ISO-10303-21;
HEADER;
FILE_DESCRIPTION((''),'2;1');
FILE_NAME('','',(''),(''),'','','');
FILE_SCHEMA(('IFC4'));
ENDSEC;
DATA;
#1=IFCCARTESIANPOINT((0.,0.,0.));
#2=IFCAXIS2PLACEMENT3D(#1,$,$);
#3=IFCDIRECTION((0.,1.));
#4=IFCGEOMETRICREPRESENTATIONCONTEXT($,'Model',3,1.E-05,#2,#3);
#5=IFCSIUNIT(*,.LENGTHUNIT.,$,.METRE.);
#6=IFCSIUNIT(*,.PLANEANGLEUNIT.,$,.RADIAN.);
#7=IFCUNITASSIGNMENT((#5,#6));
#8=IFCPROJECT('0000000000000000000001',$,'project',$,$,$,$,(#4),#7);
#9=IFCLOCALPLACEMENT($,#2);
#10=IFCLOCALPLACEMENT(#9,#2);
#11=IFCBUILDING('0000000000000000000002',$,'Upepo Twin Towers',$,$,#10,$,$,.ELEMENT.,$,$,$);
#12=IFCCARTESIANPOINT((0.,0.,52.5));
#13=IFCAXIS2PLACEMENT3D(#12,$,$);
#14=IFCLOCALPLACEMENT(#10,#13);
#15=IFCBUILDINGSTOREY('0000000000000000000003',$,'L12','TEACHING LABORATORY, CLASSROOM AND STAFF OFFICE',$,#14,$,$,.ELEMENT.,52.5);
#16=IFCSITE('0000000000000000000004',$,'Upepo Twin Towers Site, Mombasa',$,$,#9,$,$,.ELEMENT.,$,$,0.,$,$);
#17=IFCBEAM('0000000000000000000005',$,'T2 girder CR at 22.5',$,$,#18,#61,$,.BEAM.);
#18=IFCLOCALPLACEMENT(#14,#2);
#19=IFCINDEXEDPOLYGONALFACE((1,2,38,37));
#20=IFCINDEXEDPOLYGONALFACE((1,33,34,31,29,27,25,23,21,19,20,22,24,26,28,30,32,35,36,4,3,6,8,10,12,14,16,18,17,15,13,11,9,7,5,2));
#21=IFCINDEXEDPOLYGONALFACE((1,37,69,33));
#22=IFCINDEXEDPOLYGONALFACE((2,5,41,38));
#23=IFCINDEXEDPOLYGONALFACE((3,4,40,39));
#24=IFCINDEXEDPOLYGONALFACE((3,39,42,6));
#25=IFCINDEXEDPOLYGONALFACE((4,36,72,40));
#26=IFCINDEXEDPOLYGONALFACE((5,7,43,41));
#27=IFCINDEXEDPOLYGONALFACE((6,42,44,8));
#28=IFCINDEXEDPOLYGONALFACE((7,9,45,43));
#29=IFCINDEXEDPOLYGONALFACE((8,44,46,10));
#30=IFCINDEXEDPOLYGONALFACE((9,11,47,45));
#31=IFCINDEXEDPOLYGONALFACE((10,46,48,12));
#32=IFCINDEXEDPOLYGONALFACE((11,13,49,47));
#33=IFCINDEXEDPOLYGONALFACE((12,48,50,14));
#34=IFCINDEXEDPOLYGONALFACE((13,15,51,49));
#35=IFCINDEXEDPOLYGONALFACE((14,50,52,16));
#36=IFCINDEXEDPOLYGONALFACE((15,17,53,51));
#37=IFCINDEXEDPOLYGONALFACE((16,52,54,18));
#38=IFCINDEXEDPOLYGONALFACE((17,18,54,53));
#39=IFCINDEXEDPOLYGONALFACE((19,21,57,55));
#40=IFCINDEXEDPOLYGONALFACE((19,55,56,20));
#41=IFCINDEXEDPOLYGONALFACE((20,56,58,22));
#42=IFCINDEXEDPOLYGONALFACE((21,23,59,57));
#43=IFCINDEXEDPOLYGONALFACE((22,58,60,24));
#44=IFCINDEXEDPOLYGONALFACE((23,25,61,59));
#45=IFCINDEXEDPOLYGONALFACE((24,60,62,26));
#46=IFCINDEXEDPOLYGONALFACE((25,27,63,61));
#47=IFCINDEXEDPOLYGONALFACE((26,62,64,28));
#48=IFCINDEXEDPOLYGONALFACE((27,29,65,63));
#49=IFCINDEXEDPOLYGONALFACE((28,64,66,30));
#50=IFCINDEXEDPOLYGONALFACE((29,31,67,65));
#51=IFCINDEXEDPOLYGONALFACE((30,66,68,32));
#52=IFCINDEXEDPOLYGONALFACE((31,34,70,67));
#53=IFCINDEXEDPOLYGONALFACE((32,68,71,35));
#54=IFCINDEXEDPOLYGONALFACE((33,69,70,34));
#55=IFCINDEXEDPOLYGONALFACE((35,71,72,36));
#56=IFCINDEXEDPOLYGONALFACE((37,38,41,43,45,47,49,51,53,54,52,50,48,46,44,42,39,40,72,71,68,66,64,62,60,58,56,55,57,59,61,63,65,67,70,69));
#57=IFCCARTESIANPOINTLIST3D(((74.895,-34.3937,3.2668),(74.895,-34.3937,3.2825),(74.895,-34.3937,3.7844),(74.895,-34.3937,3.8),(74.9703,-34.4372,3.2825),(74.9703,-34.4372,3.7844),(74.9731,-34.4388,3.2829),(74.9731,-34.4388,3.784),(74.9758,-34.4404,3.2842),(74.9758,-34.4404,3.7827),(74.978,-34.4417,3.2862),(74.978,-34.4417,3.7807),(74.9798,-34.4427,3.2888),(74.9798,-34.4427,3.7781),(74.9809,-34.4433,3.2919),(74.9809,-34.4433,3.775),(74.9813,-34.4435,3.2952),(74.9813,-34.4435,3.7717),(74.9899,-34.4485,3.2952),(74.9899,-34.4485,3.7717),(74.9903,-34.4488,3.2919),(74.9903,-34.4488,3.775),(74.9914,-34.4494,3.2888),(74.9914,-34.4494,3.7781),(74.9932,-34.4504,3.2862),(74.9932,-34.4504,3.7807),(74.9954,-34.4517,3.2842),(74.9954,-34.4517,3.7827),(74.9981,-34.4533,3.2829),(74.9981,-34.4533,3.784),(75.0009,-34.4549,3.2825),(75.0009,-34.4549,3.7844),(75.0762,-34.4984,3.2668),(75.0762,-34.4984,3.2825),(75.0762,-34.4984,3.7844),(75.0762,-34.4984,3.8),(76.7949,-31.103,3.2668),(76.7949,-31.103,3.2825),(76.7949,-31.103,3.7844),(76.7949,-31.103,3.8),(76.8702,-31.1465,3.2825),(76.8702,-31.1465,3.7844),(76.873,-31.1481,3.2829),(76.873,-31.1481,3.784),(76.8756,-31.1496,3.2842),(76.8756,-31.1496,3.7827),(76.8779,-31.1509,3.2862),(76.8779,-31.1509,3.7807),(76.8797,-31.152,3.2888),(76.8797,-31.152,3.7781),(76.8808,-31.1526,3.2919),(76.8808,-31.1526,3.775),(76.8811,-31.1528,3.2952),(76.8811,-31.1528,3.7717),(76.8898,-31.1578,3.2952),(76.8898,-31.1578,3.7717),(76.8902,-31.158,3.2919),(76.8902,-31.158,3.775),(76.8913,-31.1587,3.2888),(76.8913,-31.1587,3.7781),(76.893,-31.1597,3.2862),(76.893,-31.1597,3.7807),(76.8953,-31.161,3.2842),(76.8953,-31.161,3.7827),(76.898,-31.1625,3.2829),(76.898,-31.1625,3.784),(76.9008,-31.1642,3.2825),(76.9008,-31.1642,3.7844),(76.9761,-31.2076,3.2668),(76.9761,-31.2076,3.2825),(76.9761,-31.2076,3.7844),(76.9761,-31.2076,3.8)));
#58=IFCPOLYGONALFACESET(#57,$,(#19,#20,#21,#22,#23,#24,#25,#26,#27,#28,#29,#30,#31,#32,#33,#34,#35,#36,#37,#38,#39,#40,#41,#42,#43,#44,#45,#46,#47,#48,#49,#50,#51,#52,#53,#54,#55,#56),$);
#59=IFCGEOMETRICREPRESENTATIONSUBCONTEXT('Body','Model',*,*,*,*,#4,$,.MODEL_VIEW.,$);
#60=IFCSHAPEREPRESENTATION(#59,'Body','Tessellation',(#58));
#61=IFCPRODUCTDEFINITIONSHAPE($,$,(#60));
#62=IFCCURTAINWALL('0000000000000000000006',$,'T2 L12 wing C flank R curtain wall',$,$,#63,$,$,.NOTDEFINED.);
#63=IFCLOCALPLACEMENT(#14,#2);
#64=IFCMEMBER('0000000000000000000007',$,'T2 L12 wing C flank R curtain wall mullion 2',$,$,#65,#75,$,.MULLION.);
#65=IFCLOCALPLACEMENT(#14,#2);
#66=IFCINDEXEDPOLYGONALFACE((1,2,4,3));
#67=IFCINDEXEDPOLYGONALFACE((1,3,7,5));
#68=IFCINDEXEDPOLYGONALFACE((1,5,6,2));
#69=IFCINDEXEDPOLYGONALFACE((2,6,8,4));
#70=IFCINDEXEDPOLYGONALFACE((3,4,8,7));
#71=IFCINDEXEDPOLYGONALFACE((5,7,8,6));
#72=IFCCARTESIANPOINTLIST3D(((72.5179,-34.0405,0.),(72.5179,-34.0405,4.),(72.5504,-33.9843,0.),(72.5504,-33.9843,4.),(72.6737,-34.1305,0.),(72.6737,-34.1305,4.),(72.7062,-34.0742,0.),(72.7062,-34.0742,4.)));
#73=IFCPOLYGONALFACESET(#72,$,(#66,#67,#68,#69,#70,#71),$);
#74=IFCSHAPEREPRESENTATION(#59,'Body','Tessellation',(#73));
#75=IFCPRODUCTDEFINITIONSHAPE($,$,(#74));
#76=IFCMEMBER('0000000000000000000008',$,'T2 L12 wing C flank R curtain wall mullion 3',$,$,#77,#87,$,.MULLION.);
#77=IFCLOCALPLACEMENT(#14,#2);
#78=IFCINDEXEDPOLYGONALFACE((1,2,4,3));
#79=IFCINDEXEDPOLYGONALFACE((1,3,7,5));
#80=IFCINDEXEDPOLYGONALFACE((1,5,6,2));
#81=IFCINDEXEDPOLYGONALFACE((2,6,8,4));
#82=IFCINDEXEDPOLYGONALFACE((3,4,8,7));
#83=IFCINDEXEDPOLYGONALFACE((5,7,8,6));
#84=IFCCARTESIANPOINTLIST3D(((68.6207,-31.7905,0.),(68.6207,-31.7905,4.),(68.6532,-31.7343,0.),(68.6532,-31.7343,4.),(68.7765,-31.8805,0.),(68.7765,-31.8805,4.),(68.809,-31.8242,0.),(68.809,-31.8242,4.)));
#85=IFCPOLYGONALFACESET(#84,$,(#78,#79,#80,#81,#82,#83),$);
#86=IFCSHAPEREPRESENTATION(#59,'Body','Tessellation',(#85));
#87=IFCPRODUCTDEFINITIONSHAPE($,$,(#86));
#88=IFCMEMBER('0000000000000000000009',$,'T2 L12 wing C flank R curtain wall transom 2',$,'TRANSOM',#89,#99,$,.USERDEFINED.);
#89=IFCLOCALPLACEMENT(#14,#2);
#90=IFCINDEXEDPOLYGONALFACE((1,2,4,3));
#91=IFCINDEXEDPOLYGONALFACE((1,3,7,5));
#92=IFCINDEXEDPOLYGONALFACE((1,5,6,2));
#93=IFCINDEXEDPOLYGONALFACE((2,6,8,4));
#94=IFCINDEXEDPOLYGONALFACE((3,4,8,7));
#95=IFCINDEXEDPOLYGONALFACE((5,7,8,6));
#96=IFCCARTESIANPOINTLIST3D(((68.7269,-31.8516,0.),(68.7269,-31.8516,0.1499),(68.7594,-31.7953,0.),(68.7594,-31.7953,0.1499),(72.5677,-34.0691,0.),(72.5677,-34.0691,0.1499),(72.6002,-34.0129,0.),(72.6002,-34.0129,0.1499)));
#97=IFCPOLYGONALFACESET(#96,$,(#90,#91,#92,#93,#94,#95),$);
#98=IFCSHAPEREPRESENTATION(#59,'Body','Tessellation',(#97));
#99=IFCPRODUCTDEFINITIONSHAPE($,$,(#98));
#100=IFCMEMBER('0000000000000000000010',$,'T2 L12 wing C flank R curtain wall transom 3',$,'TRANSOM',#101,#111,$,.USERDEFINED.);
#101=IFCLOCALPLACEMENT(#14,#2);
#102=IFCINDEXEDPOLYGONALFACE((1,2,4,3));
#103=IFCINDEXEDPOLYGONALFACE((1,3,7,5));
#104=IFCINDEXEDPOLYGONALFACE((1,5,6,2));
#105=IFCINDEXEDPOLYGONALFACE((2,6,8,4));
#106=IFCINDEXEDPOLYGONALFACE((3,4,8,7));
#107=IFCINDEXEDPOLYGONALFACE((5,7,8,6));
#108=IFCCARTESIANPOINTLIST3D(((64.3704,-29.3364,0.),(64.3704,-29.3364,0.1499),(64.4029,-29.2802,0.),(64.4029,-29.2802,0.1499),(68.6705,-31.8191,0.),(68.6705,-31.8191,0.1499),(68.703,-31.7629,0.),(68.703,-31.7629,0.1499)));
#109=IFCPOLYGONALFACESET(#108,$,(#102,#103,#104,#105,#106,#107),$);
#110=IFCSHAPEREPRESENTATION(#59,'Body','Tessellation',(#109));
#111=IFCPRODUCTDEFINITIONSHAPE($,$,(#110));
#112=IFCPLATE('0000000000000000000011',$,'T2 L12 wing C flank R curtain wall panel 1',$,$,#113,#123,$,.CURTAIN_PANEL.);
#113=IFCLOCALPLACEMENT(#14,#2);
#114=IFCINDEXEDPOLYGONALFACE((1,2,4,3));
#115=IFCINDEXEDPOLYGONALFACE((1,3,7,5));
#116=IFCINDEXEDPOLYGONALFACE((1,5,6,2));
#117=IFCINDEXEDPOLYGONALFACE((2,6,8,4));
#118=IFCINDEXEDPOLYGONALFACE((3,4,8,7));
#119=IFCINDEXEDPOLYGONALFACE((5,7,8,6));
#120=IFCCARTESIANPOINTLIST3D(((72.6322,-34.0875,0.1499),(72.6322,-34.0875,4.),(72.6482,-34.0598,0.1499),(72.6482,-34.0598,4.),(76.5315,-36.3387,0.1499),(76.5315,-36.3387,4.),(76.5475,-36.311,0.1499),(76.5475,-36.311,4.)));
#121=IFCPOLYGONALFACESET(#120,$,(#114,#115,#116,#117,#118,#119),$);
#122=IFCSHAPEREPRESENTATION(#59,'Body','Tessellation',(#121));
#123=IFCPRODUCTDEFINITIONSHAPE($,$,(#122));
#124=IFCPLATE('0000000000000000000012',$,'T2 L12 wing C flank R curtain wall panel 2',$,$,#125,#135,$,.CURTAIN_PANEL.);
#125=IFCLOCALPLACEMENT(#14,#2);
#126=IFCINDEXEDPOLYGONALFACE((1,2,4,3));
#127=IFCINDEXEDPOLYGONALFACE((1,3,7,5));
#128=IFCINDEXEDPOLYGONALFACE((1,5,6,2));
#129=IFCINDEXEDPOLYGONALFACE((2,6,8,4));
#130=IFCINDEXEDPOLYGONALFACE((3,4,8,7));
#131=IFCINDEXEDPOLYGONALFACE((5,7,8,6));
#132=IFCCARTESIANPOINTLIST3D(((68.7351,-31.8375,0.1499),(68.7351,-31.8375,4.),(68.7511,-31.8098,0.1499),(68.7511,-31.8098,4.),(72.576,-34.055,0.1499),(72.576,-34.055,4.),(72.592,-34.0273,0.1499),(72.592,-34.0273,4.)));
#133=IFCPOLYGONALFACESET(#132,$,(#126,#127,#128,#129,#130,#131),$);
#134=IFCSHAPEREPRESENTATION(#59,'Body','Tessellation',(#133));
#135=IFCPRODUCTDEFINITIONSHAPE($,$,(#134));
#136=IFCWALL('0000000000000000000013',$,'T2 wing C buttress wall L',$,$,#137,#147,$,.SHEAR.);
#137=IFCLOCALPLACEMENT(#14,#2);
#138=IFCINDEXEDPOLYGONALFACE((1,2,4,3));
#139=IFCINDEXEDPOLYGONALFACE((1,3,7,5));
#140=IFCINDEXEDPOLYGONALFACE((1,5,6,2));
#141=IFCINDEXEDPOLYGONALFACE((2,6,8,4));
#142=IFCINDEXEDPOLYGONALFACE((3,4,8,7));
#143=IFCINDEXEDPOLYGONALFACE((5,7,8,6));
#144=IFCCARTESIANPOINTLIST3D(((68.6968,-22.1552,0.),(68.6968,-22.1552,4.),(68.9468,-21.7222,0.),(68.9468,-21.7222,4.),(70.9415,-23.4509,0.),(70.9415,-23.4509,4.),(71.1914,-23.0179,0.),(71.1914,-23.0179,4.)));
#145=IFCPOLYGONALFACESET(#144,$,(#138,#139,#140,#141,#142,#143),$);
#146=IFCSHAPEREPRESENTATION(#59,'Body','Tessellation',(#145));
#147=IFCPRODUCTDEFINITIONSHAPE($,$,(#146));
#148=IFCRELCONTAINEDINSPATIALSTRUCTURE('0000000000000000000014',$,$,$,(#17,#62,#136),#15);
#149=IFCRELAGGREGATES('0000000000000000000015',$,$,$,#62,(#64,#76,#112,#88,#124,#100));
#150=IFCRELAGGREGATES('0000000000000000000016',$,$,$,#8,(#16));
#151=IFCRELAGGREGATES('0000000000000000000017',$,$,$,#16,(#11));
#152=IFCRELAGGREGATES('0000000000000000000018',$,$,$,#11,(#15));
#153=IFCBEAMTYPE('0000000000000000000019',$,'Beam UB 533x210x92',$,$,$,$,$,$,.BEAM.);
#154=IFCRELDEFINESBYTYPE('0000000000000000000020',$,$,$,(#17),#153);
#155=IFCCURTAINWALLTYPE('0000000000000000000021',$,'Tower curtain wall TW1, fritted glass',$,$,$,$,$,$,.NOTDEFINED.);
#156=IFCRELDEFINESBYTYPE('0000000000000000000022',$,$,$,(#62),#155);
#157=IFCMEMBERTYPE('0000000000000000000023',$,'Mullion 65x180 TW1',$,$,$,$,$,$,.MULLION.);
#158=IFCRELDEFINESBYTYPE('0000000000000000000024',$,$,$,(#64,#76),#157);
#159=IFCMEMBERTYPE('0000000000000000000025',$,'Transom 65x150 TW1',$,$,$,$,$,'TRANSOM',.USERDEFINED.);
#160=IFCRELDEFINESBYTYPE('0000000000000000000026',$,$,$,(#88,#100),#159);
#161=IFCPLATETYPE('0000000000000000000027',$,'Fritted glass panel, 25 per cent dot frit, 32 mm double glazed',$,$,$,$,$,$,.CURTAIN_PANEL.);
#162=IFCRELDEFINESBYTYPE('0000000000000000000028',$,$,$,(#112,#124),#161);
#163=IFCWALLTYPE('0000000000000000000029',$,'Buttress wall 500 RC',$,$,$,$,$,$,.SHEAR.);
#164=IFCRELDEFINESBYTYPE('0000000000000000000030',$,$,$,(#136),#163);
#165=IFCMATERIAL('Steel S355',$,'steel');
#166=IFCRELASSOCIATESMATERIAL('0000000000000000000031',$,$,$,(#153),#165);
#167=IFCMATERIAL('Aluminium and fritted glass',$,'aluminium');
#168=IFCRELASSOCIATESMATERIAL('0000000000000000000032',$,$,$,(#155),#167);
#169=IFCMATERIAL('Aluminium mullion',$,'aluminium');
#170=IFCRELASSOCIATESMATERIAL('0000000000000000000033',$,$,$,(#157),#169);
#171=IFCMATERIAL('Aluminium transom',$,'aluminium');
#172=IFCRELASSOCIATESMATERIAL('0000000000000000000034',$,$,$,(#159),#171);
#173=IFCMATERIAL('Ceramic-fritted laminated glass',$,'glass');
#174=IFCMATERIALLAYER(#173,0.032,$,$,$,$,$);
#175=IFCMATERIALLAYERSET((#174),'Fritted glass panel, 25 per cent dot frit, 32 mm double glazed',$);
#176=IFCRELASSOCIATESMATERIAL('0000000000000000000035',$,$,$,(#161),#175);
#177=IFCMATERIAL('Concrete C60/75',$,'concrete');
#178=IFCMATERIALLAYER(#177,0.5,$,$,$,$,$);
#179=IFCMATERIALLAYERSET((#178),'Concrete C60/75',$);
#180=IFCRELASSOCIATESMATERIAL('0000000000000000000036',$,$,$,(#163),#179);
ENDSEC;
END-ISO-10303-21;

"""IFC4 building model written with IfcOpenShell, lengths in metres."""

from ifc_helpers import new_model, si_unit, direction, frame, frame_2d, origin, origin_2d, place, context, subcontext, project, spatial, rectangle, i_section, extrude, material, layer, layer_set, material_profile, profile_set, type_object, element, aggregate, save


model = new_model("IFC4")

# Units and contexts
model_context = context("Model", 3, precision=1e-05, world=origin(), true_north=direction((0.0, 1.0)))
body_context = subcontext(model_context, "Body", "Model", "MODEL_VIEW")
ifc_project = project(units=[si_unit("LENGTHUNIT", "METRE"), si_unit("PLANEANGLEUNIT", "RADIAN")], contexts=[model_context])

# Site, building, storey
site_placement = place(None, origin())
site = spatial("IfcSite", under=ifc_project, at=site_placement, Name="Upepo Twin Towers Site, Mombasa", CompositionType="ELEMENT", RefElevation=0.0)
building_placement = place(site_placement, origin())
building = spatial("IfcBuilding", under=site, at=building_placement, Name="Upepo Twin Towers", CompositionType="ELEMENT")
storey_placement = place(building_placement, frame((0.0, 0.0, 52.5)))
storey = spatial("IfcBuildingStorey", under=building, at=storey_placement, Name="L12", Description="TEACHING LABORATORY, CLASSROOM AND STAFF OFFICE", CompositionType="ELEMENT", Elevation=52.5)

# Beam
ifc_material_1 = material(Name="Steel S355", Category="steel")
ifc_material_profile_1 = material_profile(ifc_material_1, i_section(OverallWidth=0.2092, OverallDepth=0.5332, WebThickness=0.01, FlangeThickness=0.0156, FilletRadius=0.0127, at=origin_2d()), Name="UB 533x210x92")
ifc_profile_set_1 = profile_set([ifc_material_profile_1], Name="Steel S355")
beam_type_1 = type_object("IfcBeamType", Name="Beam UB 533x210x92", PredefinedType="BEAM", material=ifc_profile_set_1)
beam_1_placement = place(storey_placement, frame((74.9856, -34.446, 3.5334), z_axis=(0.499995, 0.866028, 0.0), x_axis=(-0.866028, 0.499995, 0.0)))
element("IfcBeam", 1, at=beam_1_placement, inside=storey, type_object=beam_type_1, Name="T2 girder CR at 22.5", PredefinedType="BEAM", context=body_context, shape_type="SweptSolid", body=[
    extrude(i_section(OverallWidth=0.2092, OverallDepth=0.5332, WebThickness=0.01, FlangeThickness=0.0156, FilletRadius=0.0127, at=origin_2d()), origin(), (0.0, 0.0, 1.0), 3.7998),
])

# Curtain wall, members, plates
ifc_material_2 = material(Name="Aluminium and fritted glass", Category="aluminium")
curtain_wall_type = type_object("IfcCurtainWallType", Name="Tower curtain wall TW1, fritted glass", PredefinedType="NOTDEFINED", material=ifc_material_2)
curtain_wall_placement = place(storey_placement, origin())
curtain_wall = element("IfcCurtainWall", 2, at=curtain_wall_placement, inside=storey, type_object=curtain_wall_type, Name="T2 L12 wing C flank R curtain wall", PredefinedType="NOTDEFINED")
ifc_material_3 = material(Name="Aluminium mullion", Category="aluminium")
ifc_material_profile_2 = material_profile(ifc_material_3, rectangle(XDim=0.0649, YDim=0.1799, at=origin_2d()), Name="MULLION 65x180")
ifc_profile_set_2 = profile_set([ifc_material_profile_2], Name="Aluminium mullion")
member_type_1 = type_object("IfcMemberType", Name="Mullion 65x180 TW1", PredefinedType="MULLION", material=ifc_profile_set_2)
member_1_placement = place(storey_placement, frame((72.6121, -34.0574, 0.0), z_axis=(0.0, 0.0, 1.0), x_axis=(-0.5, -0.866025, 0.0)))
member_1 = element("IfcMember", 3, at=member_1_placement, type_object=member_type_1, Name="T2 L12 wing C flank R curtain wall mullion 2", PredefinedType="MULLION", context=body_context, shape_type="SweptSolid", body=[
    extrude(rectangle(XDim=0.0649, YDim=0.1799, at=origin_2d()), origin(), (0.0, 0.0, 1.0), 4.0),
])
member_2_placement = place(storey_placement, frame((68.7148, -31.8074, 0.0), z_axis=(0.0, 0.0, 1.0), x_axis=(-0.5, -0.866025, 0.0)))
member_2 = element("IfcMember", 4, at=member_2_placement, type_object=member_type_1, Name="T2 L12 wing C flank R curtain wall mullion 3", PredefinedType="MULLION", context=body_context, shape_type="SweptSolid", body=[
    extrude(rectangle(XDim=0.0649, YDim=0.1799, at=origin_2d()), origin(), (0.0, 0.0, 1.0), 4.0),
])
ifc_material_4 = material(Name="Aluminium transom", Category="aluminium")
ifc_material_profile_3 = material_profile(ifc_material_4, rectangle(XDim=0.0649, YDim=0.1499, at=origin_2d()), Name="TRANSOM 65x150")
ifc_profile_set_3 = profile_set([ifc_material_profile_3], Name="Aluminium transom")
member_type_2 = type_object("IfcMemberType", Name="Transom 65x150 TW1", ElementType="TRANSOM", PredefinedType="USERDEFINED", material=ifc_profile_set_3)
member_3_placement = place(storey_placement, frame((72.584, -34.041, 0.075), z_axis=(-0.866022, 0.500005, 0.0), x_axis=(-0.500005, -0.866022, 0.0)))
member_3 = element("IfcMember", 5, at=member_3_placement, type_object=member_type_2, Name="T2 L12 wing C flank R curtain wall transom 2", ObjectType="TRANSOM", PredefinedType="USERDEFINED", context=body_context, shape_type="SweptSolid", body=[
    extrude(rectangle(XDim=0.0649, YDim=0.1499, at=origin_2d()), origin(), (0.0, 0.0, 1.0), 4.4351),
])
member_4_placement = place(storey_placement, frame((68.6868, -31.791, 0.075), z_axis=(-0.866023, 0.500005, 0.0), x_axis=(-0.500005, -0.866023, 0.0)))
member_4 = element("IfcMember", 6, at=member_4_placement, type_object=member_type_2, Name="T2 L12 wing C flank R curtain wall transom 3", ObjectType="TRANSOM", PredefinedType="USERDEFINED", context=body_context, shape_type="SweptSolid", body=[
    extrude(rectangle(XDim=0.0649, YDim=0.1499, at=origin_2d()), origin(), (0.0, 0.0, 1.0), 4.9653),
])
ifc_material_5 = material(Name="Ceramic-fritted laminated glass", Category="glass")
ifc_layer_1 = layer(ifc_material_5, 0.032)
ifc_layer_set_1 = layer_set([ifc_layer_1], Name="Fritted glass panel, 25 per cent dot frit, 32 mm double glazed")
plate_type = type_object("IfcPlateType", Name="Fritted glass panel, 25 per cent dot frit, 32 mm double glazed", PredefinedType="CURTAIN_PANEL", material=ifc_layer_set_1)
plate_1_placement = place(storey_placement, frame((74.5898, -35.1992, 0.1499), z_axis=(0.0, 0.0, 1.0), x_axis=(-0.866025, 0.5, 0.0)))
plate_1 = element("IfcPlate", 7, at=plate_1_placement, type_object=plate_type, Name="T2 L12 wing C flank R curtain wall panel 1", PredefinedType="CURTAIN_PANEL", context=body_context, shape_type="SweptSolid", body=[
    extrude(rectangle(XDim=4.5024, YDim=0.032, at=origin_2d()), origin(), (0.0, 0.0, 1.0), 3.8501),
])
plate_2_placement = place(storey_placement, frame((70.6636, -32.9324, 0.1499), z_axis=(0.0, 0.0, 1.0), x_axis=(-0.866025, 0.5, 0.0)))
plate_2 = element("IfcPlate", 8, at=plate_2_placement, type_object=plate_type, Name="T2 L12 wing C flank R curtain wall panel 2", PredefinedType="CURTAIN_PANEL", context=body_context, shape_type="SweptSolid", body=[
    extrude(rectangle(XDim=4.4351, YDim=0.032, at=origin_2d()), origin(), (0.0, 0.0, 1.0), 3.8501),
])
aggregate(curtain_wall, [member_1, member_2, plate_1, member_3, plate_2, member_4])

# Wall
ifc_material_6 = material(Name="Concrete C60/75", Category="concrete")
ifc_layer_2 = layer(ifc_material_6, 0.5)
ifc_layer_set_2 = layer_set([ifc_layer_2], Name="Concrete C60/75")
wall_type_1 = type_object("IfcWallType", Name="Buttress wall 500 RC", PredefinedType="SHEAR", material=ifc_layer_set_2)
wall_1_placement = place(storey_placement, frame((68.8218, -21.9387, 0.0), z_axis=(0.0, 0.0, 1.0), x_axis=(0.866073, -0.499918, 0.0)))
element("IfcWall", 9, at=wall_1_placement, inside=storey, type_object=wall_type_1, Name="T2 wing C buttress wall L", PredefinedType="SHEAR", context=body_context, shape_type="SweptSolid", body=[
    extrude(rectangle(XDim=2.5918, YDim=0.5, at=frame_2d((1.2959, 0.0))), origin(), (0.0, 0.0, 1.0), 4.0),
])

save(model, "model.ifc")
